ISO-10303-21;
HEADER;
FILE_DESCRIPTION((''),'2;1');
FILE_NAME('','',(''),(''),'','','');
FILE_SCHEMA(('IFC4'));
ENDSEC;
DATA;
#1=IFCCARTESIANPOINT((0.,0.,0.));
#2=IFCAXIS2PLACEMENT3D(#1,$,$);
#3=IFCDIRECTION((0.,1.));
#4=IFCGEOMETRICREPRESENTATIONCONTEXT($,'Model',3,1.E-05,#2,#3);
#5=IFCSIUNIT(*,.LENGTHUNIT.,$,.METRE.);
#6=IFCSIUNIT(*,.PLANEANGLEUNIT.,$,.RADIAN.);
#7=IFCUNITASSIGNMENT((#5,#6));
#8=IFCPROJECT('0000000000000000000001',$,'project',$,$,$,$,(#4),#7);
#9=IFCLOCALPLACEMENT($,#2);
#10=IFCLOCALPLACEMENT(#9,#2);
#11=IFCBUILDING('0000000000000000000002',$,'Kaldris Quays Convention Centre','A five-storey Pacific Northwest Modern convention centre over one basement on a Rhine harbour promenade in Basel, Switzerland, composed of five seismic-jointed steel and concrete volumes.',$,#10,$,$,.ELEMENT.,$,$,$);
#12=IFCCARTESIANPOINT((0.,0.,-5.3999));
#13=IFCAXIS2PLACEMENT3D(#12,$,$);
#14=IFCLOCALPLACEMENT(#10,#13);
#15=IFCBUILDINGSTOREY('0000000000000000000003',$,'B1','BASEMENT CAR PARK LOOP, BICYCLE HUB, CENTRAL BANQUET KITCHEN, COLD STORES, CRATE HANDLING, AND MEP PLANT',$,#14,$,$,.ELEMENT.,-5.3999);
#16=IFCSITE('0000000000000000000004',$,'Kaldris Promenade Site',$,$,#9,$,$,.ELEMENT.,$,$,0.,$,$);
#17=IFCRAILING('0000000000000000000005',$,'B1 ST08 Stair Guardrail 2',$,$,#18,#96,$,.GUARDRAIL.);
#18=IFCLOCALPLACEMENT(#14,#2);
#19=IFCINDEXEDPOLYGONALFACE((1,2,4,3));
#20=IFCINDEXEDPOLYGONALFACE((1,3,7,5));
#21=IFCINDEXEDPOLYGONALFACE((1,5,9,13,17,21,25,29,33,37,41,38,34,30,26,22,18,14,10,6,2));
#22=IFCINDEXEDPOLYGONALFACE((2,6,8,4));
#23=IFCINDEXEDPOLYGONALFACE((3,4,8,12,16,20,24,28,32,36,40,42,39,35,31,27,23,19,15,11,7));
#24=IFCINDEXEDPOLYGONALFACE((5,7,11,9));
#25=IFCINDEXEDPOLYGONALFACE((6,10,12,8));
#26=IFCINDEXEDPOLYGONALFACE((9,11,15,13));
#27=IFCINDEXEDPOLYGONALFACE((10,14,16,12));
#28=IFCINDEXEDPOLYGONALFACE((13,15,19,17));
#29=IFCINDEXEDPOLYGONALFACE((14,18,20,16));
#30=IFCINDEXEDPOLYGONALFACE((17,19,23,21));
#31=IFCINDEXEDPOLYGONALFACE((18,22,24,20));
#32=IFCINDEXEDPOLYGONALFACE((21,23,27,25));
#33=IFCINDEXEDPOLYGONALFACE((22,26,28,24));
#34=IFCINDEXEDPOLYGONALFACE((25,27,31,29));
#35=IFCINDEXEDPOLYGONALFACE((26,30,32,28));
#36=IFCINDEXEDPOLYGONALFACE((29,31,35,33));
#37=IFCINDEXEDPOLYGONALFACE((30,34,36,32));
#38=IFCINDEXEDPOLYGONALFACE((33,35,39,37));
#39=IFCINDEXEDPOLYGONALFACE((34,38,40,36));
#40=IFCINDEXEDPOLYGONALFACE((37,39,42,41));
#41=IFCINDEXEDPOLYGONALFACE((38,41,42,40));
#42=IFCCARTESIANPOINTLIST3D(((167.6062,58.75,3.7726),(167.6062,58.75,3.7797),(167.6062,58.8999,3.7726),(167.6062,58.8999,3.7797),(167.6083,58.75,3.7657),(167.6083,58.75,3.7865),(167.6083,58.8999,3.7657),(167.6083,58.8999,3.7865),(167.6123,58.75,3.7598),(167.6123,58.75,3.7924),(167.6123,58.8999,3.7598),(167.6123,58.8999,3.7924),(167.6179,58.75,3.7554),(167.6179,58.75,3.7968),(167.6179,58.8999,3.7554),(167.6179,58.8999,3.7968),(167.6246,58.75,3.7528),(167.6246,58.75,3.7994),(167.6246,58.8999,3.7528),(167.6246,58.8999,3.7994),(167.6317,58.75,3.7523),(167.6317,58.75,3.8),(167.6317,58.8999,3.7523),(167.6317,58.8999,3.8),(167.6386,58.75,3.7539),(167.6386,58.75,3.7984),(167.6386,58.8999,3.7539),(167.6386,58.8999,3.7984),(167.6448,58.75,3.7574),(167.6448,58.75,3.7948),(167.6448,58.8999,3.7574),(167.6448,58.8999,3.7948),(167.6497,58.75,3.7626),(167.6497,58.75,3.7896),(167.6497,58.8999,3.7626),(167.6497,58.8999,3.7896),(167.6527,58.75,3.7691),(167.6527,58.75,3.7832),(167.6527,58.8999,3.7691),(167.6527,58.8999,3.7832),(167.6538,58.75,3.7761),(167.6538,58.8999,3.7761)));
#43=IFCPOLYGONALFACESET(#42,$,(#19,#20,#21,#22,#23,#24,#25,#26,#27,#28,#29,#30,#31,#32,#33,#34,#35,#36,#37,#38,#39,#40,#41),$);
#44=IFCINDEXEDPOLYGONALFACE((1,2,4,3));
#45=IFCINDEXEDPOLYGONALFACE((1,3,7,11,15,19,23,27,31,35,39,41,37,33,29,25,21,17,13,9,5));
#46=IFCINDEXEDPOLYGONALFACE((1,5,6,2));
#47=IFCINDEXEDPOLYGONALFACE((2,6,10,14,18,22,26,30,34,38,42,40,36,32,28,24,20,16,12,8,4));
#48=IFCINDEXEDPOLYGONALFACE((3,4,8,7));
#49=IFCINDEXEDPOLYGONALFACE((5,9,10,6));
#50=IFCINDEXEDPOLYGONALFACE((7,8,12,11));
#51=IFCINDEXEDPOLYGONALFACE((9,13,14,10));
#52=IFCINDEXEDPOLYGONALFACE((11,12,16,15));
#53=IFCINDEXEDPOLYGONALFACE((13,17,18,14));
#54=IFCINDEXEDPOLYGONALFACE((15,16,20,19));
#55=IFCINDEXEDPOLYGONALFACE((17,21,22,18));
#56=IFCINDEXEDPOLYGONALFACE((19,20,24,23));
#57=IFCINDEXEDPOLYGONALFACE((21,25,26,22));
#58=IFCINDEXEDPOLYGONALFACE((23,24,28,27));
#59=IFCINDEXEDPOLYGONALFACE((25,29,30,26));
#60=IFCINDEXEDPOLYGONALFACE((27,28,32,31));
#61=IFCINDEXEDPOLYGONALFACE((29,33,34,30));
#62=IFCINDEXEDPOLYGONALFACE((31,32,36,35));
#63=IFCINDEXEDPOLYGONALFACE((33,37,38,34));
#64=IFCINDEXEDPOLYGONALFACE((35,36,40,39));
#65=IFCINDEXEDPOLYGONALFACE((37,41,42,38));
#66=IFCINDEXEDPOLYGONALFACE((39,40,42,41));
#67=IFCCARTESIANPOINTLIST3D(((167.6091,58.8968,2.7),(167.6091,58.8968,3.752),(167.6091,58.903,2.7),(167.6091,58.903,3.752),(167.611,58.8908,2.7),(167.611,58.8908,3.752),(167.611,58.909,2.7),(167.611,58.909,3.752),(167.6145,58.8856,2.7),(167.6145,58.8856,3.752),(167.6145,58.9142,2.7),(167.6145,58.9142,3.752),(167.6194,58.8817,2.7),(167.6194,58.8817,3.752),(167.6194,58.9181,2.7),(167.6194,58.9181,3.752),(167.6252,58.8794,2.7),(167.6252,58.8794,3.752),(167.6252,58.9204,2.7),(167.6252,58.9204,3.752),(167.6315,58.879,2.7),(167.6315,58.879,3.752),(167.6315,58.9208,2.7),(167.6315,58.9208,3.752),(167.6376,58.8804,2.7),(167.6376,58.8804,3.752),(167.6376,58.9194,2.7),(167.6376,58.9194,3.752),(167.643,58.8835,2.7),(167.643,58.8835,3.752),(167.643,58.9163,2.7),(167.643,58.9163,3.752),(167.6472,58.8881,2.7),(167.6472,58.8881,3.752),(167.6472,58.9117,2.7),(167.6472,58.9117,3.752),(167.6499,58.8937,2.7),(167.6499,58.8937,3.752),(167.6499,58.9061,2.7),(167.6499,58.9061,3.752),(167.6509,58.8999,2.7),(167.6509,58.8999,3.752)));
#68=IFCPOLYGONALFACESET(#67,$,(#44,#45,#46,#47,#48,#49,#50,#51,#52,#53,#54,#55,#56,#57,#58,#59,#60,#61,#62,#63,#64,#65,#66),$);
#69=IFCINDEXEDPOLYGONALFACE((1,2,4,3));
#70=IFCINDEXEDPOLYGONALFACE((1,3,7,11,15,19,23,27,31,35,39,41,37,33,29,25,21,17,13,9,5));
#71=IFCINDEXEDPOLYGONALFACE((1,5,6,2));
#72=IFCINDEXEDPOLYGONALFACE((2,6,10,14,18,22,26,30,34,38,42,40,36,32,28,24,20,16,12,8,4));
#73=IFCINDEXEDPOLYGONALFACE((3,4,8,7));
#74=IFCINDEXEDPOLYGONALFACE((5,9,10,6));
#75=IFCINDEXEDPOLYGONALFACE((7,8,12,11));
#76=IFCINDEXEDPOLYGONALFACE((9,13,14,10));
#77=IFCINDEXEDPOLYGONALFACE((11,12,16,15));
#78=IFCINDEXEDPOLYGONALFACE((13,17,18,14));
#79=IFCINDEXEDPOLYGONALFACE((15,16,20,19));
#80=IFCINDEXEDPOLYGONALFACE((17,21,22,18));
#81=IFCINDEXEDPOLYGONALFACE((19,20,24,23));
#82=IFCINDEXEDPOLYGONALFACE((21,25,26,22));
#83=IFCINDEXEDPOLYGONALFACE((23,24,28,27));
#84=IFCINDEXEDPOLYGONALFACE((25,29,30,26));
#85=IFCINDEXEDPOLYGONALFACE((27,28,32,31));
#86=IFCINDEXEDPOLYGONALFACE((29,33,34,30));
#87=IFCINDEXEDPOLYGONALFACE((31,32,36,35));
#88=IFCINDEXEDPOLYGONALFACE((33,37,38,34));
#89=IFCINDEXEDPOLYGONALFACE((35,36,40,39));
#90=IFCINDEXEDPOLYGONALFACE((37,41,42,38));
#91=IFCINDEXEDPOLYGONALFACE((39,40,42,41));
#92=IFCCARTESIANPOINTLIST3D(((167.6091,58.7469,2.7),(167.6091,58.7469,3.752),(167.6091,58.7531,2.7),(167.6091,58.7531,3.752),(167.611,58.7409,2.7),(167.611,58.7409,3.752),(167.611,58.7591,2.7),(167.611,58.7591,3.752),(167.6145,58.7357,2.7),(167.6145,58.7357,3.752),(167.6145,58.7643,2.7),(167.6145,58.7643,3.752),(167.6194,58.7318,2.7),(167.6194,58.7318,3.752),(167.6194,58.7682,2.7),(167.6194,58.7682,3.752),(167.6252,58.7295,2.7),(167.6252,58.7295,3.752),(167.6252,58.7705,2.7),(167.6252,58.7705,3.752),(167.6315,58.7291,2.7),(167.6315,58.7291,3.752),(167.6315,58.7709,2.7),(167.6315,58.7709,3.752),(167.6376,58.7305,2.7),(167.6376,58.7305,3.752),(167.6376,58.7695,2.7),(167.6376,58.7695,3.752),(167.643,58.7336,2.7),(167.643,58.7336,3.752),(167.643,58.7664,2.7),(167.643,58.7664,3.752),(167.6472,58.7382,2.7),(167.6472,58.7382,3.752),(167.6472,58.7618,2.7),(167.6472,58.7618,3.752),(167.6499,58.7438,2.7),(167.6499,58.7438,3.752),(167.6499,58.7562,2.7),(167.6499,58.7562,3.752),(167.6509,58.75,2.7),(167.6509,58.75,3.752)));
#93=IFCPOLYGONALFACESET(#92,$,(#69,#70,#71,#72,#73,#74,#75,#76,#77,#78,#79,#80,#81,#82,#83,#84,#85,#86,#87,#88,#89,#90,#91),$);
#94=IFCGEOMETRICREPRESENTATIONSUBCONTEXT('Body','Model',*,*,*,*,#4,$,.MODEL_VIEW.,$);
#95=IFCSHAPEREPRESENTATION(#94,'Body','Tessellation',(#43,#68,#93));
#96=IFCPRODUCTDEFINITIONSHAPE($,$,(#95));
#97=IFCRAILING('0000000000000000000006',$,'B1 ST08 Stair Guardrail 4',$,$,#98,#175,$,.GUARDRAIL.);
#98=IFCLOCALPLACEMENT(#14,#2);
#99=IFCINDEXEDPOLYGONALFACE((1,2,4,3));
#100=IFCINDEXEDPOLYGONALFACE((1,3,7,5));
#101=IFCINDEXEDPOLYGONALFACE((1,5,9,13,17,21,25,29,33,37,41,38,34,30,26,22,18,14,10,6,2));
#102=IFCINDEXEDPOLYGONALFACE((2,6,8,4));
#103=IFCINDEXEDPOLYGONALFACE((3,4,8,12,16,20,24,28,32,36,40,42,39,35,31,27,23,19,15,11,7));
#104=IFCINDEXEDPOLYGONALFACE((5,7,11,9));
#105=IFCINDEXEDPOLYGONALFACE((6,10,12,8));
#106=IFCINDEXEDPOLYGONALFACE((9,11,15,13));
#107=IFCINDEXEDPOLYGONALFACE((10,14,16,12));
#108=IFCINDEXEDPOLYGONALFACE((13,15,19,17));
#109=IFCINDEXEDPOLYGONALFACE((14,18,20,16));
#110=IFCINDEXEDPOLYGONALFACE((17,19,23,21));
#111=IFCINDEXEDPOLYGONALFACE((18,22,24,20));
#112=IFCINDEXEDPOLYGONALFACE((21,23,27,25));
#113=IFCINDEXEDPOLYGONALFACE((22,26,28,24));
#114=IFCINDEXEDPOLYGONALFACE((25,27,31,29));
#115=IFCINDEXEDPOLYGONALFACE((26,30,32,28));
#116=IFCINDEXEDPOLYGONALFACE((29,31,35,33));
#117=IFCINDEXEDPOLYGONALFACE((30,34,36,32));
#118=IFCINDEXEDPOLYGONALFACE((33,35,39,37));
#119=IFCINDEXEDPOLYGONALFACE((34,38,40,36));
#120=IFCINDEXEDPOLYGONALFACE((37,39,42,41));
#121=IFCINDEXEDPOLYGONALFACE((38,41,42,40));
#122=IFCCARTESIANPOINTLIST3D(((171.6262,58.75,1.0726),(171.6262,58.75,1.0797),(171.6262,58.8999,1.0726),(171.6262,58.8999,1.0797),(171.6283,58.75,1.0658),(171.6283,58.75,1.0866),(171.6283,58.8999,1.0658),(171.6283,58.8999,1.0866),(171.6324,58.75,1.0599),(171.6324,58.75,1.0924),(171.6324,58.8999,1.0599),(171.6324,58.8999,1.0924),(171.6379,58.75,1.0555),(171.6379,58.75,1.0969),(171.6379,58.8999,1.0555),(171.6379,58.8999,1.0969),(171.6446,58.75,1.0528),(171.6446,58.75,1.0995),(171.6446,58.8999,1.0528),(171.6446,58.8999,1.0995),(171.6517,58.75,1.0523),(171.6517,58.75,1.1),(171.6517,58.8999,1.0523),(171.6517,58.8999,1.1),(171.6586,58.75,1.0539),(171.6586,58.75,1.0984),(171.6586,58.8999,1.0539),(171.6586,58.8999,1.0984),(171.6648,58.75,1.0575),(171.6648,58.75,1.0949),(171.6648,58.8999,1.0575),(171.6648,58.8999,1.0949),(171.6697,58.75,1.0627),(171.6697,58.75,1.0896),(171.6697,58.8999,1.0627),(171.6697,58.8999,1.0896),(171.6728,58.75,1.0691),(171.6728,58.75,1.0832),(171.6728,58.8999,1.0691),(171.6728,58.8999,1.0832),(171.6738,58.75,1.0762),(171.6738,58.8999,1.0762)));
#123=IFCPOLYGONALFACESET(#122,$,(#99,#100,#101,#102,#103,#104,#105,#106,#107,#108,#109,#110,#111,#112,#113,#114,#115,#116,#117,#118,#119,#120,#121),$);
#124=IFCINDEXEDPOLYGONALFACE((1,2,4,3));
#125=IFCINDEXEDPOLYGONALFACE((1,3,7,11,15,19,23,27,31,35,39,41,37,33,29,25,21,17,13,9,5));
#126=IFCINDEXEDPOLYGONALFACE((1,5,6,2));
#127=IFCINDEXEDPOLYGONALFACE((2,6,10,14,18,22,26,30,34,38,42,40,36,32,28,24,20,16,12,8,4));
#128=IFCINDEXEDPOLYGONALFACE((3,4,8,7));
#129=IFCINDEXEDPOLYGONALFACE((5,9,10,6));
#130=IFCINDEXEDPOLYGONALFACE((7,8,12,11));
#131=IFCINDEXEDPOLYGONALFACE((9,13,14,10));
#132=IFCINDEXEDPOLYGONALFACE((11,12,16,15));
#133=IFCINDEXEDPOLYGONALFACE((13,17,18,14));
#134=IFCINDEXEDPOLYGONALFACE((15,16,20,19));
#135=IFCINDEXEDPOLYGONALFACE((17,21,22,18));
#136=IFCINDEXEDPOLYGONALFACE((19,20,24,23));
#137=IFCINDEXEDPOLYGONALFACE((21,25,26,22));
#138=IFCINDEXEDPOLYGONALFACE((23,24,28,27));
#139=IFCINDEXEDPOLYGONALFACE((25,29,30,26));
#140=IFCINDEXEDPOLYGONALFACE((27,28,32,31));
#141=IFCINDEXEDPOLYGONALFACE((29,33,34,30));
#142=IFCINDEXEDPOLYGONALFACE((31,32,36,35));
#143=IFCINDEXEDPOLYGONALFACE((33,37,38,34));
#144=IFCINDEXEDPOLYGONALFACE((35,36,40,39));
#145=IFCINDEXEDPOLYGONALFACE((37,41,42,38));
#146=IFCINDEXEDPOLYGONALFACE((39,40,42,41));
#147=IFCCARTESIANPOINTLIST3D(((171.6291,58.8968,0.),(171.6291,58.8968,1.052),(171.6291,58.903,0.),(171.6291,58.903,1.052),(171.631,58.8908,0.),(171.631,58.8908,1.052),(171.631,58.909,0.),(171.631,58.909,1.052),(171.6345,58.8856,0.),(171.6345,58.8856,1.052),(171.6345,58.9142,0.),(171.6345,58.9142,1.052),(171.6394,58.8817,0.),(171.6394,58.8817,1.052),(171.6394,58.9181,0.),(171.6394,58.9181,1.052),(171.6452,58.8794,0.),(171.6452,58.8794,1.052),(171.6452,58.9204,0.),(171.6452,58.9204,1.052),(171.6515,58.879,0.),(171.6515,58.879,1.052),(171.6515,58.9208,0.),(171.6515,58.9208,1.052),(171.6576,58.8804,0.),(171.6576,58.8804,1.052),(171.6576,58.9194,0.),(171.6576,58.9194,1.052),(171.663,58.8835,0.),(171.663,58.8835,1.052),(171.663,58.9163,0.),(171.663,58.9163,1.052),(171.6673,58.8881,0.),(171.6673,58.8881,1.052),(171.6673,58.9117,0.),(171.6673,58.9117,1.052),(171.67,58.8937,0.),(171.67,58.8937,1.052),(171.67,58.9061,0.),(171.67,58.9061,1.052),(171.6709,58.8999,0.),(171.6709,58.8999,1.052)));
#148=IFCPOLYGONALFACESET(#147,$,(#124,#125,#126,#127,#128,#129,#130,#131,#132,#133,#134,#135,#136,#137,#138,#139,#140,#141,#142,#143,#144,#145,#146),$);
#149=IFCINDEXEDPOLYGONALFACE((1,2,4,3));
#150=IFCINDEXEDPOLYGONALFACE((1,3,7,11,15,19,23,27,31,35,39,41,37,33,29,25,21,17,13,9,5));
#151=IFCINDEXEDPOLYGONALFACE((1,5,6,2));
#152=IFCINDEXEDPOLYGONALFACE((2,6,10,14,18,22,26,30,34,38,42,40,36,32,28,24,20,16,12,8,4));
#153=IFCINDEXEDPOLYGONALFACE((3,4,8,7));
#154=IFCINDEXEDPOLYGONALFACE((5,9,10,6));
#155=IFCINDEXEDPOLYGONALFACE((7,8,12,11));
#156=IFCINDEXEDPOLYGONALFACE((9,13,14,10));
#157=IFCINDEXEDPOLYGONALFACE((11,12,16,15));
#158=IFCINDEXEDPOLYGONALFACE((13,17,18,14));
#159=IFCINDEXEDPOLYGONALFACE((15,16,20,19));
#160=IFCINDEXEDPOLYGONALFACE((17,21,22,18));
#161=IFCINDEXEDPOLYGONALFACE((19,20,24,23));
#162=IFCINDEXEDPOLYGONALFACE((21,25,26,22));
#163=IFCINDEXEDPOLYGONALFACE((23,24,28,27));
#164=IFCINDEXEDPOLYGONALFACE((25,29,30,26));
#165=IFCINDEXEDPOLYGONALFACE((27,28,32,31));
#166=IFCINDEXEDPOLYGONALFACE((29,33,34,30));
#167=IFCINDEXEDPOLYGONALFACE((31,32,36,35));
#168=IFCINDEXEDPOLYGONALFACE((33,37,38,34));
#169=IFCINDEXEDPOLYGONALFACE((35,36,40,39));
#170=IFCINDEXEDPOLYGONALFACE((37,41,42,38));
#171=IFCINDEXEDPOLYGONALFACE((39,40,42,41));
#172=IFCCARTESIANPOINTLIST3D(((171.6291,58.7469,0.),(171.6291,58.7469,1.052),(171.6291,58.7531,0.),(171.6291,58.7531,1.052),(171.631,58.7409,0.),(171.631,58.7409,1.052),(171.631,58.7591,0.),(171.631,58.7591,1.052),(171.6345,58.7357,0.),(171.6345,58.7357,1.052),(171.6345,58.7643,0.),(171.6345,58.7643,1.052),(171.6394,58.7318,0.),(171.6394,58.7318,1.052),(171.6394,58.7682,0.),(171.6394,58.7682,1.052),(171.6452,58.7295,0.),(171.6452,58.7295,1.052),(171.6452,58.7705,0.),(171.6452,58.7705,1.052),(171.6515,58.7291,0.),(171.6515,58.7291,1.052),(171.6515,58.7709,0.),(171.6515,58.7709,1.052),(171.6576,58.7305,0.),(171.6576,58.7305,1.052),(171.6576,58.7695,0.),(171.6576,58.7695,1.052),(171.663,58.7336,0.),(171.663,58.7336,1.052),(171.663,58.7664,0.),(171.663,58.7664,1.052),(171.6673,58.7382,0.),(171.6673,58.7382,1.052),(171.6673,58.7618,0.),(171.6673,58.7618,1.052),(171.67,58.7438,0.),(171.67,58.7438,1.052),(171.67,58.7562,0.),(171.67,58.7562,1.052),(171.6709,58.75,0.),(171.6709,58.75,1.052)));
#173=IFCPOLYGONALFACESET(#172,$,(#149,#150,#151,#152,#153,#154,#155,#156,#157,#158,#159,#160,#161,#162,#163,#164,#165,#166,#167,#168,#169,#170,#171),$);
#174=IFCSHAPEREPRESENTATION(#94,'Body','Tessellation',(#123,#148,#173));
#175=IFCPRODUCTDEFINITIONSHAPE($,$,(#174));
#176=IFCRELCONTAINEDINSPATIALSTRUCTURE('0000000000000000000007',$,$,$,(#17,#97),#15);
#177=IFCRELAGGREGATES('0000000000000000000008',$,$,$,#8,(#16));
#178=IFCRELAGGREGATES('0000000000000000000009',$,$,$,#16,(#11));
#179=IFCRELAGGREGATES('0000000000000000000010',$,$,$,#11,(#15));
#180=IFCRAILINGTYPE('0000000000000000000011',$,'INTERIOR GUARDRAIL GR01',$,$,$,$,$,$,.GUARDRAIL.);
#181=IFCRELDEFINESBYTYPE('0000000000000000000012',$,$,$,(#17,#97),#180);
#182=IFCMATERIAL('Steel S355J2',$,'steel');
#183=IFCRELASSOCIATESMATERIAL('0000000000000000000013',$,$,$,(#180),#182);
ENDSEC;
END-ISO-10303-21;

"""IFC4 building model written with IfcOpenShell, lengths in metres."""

from ifc_helpers import new_model, si_unit, direction, frame, origin, origin_2d, place, context, subcontext, project, spatial, circle, extrude, material, type_object, element, save


model = new_model("IFC4")

# Units and contexts
model_context = context("Model", 3, precision=1e-05, world=origin(), true_north=direction((0.0, 1.0)))
body_context = subcontext(model_context, "Body", "Model", "MODEL_VIEW")
ifc_project = project(units=[si_unit("LENGTHUNIT", "METRE"), si_unit("PLANEANGLEUNIT", "RADIAN")], contexts=[model_context])

# Site, building, storey
site_placement = place(None, origin())
site = spatial("IfcSite", under=ifc_project, at=site_placement, Name="Kaldris Promenade Site", CompositionType="ELEMENT", RefElevation=0.0)
building_placement = place(site_placement, origin())
building = spatial("IfcBuilding", under=site, at=building_placement, Name="Kaldris Quays Convention Centre", Description="A five-storey Pacific Northwest Modern convention centre over one basement on a Rhine harbour promenade in Basel, Switzerland, composed of five seismic-jointed steel and concrete volumes.", CompositionType="ELEMENT")
storey_placement = place(building_placement, frame((0.0, 0.0, -5.3999)))
storey = spatial("IfcBuildingStorey", under=building, at=storey_placement, Name="B1", Description="BASEMENT CAR PARK LOOP, BICYCLE HUB, CENTRAL BANQUET KITCHEN, COLD STORES, CRATE HANDLING, AND MEP PLANT", CompositionType="ELEMENT", Elevation=-5.3999)

# Shared definitions
ifc_material_1 = material(Name="Steel S355J2", Category="steel")

# Railings
railing_type_1 = type_object("IfcRailingType", Name="INTERIOR GUARDRAIL GR01", PredefinedType="GUARDRAIL", material=ifc_material_1)
for number, where, name in (
    (1, (167.6299, 58.8999, 2.7), "B1 ST08 Stair Guardrail 2"),
    (2, (171.6499, 58.8999, 0.0), "B1 ST08 Stair Guardrail 4"),
):
    element("IfcRailing", number, at=place(storey_placement, frame(where)), inside=storey, type_object=railing_type_1, Name=name, PredefinedType="GUARDRAIL", context=body_context, shape_type="SweptSolid", body=[
        extrude(circle(Radius=0.0239, at=origin_2d()), frame((0.0, 0.0, 1.0762), z_axis=(0.0, -1.0, 0.0), x_axis=(1.0, 0.0, 0.0)), (0.0, 0.0, 1.0), 0.1499),
        extrude(circle(Radius=0.021, at=origin_2d()), origin(), (0.0, 0.0, 1.0), 1.052),
        extrude(circle(Radius=0.021, at=origin_2d()), frame((0.0, -0.1499, 0.0)), (0.0, 0.0, 1.0), 1.052),
    ])

save(model, "model.ifc")
